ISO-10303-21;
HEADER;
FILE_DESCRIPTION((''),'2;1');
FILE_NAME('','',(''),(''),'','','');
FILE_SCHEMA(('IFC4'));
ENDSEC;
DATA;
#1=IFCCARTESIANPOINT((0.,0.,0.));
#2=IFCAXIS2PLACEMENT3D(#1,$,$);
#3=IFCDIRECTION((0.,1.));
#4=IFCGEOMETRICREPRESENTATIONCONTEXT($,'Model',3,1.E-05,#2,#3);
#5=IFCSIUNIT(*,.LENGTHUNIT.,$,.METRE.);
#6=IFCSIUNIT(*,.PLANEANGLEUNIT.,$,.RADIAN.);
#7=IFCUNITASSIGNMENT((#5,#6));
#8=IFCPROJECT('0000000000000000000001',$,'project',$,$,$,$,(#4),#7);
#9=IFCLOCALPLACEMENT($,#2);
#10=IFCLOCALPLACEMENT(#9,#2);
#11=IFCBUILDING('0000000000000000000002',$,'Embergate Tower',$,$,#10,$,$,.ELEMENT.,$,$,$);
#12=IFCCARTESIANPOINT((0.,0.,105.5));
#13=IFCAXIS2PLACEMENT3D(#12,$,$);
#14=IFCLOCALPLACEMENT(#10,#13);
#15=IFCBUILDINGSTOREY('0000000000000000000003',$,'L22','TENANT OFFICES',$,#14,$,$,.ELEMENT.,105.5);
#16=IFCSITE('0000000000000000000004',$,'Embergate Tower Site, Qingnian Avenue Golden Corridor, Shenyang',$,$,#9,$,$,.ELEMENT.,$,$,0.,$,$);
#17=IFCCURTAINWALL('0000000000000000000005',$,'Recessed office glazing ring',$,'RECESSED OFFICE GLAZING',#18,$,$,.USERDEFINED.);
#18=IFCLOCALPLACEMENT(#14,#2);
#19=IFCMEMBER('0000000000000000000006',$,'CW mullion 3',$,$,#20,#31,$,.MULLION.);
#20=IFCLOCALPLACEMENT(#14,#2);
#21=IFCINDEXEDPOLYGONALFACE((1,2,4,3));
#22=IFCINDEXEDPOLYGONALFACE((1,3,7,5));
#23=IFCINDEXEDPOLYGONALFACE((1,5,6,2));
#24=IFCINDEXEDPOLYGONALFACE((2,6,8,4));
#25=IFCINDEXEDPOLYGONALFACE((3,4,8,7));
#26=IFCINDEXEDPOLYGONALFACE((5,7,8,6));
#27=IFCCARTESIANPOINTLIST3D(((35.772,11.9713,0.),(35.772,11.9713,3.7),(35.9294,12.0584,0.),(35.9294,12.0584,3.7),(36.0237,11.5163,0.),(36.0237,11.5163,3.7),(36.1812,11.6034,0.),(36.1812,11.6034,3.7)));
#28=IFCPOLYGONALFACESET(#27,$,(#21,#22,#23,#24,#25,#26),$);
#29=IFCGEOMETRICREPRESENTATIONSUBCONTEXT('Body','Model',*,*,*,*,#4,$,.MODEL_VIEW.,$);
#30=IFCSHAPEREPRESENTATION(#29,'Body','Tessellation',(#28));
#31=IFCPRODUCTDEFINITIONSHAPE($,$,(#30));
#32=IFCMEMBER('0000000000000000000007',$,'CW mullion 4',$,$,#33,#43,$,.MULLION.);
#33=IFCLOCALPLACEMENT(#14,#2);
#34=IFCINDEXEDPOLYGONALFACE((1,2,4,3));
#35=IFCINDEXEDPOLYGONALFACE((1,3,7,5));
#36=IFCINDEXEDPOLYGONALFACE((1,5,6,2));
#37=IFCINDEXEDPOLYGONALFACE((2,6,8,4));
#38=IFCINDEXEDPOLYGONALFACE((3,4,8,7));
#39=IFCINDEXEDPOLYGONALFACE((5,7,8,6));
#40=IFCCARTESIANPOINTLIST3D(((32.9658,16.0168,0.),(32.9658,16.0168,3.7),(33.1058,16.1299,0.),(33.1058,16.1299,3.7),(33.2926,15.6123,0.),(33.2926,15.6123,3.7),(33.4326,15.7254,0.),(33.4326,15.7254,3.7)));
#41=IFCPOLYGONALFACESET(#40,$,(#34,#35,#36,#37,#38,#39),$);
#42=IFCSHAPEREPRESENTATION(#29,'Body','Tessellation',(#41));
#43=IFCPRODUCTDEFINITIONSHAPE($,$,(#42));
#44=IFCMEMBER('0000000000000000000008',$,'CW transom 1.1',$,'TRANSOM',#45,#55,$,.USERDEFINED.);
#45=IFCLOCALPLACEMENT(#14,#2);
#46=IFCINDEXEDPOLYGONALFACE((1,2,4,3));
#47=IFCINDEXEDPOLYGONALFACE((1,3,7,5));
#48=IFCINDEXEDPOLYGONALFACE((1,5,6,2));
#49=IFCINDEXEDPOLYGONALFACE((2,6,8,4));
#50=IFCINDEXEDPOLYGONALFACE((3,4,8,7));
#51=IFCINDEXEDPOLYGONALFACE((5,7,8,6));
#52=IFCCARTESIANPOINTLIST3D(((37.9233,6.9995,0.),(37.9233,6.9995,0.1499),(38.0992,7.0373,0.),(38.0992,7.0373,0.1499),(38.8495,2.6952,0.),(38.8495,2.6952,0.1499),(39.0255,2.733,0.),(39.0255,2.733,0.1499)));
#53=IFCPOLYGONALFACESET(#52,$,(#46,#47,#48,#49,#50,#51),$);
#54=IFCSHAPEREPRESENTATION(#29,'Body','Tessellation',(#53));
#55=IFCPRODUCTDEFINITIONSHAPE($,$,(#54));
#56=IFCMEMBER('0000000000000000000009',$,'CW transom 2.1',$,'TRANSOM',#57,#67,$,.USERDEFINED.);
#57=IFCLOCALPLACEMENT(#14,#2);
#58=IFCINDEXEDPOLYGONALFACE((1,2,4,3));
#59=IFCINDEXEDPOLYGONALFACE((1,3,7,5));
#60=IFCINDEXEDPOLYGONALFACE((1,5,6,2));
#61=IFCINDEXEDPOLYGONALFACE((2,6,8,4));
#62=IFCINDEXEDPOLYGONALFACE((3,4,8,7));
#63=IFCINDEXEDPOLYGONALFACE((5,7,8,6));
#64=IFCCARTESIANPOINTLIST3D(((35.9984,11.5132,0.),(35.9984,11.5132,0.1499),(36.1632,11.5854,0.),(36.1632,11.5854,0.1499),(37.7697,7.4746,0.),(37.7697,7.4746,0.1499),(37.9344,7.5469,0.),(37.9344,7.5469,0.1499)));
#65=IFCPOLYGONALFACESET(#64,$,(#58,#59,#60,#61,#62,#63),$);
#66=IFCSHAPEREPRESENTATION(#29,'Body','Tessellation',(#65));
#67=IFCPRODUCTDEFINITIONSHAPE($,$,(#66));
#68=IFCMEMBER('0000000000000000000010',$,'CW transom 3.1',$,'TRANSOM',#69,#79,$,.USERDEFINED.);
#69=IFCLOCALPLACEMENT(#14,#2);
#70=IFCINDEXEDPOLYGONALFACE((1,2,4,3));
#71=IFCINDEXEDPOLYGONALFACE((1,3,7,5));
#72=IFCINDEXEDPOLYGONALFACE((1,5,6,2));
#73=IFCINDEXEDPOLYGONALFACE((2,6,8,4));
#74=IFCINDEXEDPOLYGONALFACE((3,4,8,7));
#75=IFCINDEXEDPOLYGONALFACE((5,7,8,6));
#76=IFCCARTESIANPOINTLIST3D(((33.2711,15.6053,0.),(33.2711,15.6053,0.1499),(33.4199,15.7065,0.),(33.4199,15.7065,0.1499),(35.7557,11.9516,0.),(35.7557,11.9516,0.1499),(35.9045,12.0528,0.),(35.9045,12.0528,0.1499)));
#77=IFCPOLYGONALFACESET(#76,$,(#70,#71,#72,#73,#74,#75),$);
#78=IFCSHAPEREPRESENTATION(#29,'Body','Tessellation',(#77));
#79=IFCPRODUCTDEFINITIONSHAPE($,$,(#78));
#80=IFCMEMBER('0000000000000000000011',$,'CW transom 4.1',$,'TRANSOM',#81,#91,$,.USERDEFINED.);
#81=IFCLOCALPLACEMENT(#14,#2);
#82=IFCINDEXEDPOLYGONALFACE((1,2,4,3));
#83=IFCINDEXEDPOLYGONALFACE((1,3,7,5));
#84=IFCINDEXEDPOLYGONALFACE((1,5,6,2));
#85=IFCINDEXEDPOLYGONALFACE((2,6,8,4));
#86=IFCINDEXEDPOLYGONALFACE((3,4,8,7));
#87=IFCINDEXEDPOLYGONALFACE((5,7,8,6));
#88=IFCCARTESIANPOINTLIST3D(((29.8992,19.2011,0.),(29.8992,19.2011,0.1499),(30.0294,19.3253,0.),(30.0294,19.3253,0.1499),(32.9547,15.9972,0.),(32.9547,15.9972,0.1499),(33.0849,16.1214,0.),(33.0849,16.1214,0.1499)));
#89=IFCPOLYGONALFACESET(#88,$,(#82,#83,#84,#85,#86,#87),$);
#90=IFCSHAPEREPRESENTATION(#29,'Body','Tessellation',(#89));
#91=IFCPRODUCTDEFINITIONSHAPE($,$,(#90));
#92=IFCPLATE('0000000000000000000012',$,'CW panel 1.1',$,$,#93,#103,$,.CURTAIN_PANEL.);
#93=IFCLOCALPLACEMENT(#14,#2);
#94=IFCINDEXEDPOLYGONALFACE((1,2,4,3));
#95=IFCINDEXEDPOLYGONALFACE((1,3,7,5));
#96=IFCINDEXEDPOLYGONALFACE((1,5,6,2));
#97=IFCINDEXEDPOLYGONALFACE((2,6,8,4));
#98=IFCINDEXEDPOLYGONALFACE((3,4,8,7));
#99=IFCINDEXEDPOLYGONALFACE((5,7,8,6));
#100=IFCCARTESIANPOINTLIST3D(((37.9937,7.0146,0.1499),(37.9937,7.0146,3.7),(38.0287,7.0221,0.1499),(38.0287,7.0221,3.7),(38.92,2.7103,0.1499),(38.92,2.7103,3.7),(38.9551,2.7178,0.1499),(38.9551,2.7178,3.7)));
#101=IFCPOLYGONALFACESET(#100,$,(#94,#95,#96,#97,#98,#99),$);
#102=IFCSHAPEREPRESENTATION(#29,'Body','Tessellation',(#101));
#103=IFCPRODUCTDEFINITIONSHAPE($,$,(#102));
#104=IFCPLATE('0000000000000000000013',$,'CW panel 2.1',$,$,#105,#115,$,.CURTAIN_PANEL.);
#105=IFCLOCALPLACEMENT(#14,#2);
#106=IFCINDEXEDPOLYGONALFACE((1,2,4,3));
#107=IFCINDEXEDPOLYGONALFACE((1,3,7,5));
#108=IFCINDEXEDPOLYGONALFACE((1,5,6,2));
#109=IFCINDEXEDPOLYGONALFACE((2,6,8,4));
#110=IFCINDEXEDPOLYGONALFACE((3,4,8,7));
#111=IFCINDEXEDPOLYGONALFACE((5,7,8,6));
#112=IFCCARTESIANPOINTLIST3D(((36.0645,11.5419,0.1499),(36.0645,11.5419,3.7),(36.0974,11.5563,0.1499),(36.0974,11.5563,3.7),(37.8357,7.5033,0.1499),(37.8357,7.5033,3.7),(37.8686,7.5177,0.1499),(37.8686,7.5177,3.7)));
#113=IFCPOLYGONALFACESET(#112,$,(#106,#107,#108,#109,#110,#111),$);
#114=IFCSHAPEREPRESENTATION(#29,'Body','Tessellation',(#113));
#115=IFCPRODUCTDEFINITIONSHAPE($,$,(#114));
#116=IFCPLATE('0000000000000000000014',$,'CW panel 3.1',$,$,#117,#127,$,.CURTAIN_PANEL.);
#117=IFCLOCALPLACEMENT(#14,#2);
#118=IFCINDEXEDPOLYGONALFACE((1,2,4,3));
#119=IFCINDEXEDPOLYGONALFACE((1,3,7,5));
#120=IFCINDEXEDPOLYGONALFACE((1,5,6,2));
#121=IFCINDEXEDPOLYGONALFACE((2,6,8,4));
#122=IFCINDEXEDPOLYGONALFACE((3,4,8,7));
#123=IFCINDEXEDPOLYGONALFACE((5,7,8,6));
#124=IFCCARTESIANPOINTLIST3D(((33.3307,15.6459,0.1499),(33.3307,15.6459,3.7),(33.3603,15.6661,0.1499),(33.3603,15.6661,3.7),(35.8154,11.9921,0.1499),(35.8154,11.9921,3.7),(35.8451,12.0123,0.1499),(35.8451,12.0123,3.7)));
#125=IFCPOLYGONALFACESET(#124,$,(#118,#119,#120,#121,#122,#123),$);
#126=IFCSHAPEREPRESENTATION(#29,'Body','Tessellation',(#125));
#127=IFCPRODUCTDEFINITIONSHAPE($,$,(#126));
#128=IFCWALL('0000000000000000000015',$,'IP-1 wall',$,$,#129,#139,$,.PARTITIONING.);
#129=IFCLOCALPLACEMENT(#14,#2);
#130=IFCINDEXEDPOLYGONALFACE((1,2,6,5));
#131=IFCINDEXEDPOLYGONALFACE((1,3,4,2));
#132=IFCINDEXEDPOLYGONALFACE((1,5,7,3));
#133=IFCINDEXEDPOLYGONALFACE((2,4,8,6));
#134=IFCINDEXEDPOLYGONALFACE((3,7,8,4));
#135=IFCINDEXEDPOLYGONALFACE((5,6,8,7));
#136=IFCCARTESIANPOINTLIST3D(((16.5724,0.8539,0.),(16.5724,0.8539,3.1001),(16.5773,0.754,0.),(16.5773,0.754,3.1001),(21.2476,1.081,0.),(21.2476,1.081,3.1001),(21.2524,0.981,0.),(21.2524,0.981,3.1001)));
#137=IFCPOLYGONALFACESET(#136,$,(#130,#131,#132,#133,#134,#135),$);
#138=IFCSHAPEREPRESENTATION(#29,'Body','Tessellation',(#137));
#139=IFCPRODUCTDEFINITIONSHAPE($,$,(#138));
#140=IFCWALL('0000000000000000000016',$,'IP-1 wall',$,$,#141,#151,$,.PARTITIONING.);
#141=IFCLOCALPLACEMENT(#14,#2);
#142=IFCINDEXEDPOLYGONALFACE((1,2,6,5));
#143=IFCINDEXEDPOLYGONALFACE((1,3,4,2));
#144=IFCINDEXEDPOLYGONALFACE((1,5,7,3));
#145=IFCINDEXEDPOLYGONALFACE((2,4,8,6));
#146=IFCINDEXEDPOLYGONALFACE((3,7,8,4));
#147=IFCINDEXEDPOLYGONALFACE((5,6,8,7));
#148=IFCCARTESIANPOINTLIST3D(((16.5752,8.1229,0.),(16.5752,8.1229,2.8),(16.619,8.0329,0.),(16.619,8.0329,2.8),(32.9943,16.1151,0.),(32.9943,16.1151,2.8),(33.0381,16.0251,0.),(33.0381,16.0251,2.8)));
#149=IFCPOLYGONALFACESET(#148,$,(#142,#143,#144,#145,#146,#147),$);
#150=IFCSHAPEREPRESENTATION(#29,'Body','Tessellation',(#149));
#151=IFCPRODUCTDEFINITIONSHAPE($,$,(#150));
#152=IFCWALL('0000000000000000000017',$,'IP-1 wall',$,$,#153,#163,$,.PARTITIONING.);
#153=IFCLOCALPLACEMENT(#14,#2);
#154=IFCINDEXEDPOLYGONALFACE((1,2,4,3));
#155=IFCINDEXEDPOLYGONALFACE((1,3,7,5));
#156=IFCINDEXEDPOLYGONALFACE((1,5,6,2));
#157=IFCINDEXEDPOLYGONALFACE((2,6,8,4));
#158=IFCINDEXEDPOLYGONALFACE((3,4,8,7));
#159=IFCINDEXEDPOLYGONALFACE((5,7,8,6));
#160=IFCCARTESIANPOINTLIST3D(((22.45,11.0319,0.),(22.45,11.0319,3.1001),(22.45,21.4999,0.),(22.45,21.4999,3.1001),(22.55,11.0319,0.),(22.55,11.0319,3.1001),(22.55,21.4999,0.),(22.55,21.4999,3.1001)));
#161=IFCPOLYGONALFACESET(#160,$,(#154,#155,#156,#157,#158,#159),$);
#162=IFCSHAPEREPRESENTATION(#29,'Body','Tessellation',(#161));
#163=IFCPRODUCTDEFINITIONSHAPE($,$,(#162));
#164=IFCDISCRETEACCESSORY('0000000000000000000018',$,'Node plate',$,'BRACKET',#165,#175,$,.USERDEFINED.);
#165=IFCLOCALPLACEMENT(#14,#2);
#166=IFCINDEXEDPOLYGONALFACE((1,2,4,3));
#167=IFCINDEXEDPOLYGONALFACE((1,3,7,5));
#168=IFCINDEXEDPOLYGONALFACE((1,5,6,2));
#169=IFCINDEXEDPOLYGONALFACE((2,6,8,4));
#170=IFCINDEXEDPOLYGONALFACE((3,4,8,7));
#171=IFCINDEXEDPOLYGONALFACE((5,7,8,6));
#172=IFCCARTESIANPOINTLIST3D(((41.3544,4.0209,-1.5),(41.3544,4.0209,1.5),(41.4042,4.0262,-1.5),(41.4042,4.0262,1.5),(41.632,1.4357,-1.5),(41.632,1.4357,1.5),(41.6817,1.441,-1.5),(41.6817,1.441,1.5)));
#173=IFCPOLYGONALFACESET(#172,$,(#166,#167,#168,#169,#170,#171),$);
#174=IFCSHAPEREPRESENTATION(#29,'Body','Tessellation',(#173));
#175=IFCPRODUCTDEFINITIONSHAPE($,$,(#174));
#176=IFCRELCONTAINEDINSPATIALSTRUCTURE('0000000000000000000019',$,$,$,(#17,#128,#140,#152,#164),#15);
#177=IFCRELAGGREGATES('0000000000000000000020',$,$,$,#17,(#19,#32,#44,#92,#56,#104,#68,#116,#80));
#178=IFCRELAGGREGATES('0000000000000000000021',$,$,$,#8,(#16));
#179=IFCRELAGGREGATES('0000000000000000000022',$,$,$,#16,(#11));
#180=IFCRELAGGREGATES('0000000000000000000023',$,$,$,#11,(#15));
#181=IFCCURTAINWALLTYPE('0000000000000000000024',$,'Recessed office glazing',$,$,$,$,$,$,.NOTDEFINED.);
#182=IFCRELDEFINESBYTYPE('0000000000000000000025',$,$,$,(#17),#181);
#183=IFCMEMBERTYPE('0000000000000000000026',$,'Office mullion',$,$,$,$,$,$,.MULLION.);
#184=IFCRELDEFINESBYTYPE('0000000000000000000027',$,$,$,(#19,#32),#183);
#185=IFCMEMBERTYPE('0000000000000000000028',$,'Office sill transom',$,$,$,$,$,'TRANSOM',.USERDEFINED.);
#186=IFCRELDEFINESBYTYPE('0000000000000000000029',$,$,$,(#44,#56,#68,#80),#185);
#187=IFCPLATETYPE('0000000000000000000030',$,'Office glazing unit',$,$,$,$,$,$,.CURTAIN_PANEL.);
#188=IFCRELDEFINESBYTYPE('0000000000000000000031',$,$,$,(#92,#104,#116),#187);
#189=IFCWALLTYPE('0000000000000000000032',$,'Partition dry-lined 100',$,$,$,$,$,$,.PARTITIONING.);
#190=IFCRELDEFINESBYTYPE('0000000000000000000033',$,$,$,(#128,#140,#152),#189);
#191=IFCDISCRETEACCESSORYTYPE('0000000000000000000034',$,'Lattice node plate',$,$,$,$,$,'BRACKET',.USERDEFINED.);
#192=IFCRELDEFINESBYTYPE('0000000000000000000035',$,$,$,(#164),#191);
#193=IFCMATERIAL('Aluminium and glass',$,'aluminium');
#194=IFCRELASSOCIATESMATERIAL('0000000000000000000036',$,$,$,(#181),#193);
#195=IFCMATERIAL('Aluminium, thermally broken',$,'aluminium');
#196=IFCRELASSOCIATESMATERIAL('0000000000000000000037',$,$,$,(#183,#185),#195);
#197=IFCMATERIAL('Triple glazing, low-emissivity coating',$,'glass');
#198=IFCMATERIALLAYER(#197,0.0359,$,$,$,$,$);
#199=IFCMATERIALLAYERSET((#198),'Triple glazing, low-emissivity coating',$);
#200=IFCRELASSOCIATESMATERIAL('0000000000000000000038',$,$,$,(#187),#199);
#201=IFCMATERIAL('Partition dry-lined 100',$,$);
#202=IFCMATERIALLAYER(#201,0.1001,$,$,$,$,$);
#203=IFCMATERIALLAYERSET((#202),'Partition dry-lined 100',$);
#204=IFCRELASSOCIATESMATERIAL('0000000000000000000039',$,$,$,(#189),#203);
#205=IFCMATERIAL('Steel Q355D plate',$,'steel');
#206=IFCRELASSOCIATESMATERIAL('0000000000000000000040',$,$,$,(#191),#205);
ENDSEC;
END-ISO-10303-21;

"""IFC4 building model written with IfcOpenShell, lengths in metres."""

from ifc_helpers import new_model, si_unit, direction, frame, frame_2d, origin, origin_2d, place, context, subcontext, project, spatial, rectangle, extrude, source, transform, mapped, material, layer, layer_set, material_profile, profile_set, type_object, element, aggregate, save


model = new_model("IFC4")

# Units and contexts
model_context = context("Model", 3, precision=1e-05, world=origin(), true_north=direction((0.0, 1.0)))
body_context = subcontext(model_context, "Body", "Model", "MODEL_VIEW")
ifc_project = project(units=[si_unit("LENGTHUNIT", "METRE"), si_unit("PLANEANGLEUNIT", "RADIAN")], contexts=[model_context])

# Site, building, storey
site_placement = place(None, origin())
site = spatial("IfcSite", under=ifc_project, at=site_placement, Name="Embergate Tower Site, Qingnian Avenue Golden Corridor, Shenyang", CompositionType="ELEMENT", RefElevation=0.0)
building_placement = place(site_placement, origin())
building = spatial("IfcBuilding", under=site, at=building_placement, Name="Embergate Tower", CompositionType="ELEMENT")
storey_placement = place(building_placement, frame((0.0, 0.0, 105.5)))
storey = spatial("IfcBuildingStorey", under=building, at=storey_placement, Name="L22", Description="TENANT OFFICES", CompositionType="ELEMENT", Elevation=105.5)

# Curtain wall, members, plates
ifc_material_1 = material(Name="Aluminium and glass", Category="aluminium")
curtain_wall_type = type_object("IfcCurtainWallType", Name="Recessed office glazing", PredefinedType="NOTDEFINED", material=ifc_material_1)
curtain_wall_placement = place(storey_placement, origin())
curtain_wall = element("IfcCurtainWall", 1, at=curtain_wall_placement, inside=storey, type_object=curtain_wall_type, Name="Recessed office glazing ring", ObjectType="RECESSED OFFICE GLAZING", PredefinedType="USERDEFINED")
ifc_material_2 = material(Name="Aluminium, thermally broken", Category="aluminium")
ifc_material_profile_1 = material_profile(ifc_material_2, rectangle(XDim=0.1799, YDim=0.52, at=origin_2d()), Name="AL 520x180")
ifc_profile_set_1 = profile_set([ifc_material_profile_1], Name="Aluminium, thermally broken")
member_type_1 = type_object("IfcMemberType", Name="Office mullion", PredefinedType="MULLION", material=ifc_profile_set_1)
shared_shape_1 = source(origin(), body_context, "Body", "SweptSolid", [
    extrude(rectangle(XDim=0.1799, YDim=0.52, at=origin_2d()), origin(), (0.0, 0.0, 1.0), 3.7),
])
member_1_placement = place(storey_placement, frame((35.9766, 11.7874, 0.0), z_axis=(0.0, 0.0, 1.0), x_axis=(-0.87501, -0.484106, 0.0)))
member_1 = element("IfcMember", 2, at=member_1_placement, type_object=member_type_1, Name="CW mullion 3", PredefinedType="MULLION", context=body_context, shape_type="MappedRepresentation", body=[
    mapped(shared_shape_1, transform((0.0, 0.0, 0.0))),
])
member_2_placement = place(storey_placement, frame((33.1992, 15.8711, 0.0), z_axis=(0.0, 0.0, 1.0), x_axis=(-0.777884, -0.628408, 0.0)))
member_2 = element("IfcMember", 3, at=member_2_placement, type_object=member_type_1, Name="CW mullion 4", PredefinedType="MULLION", context=body_context, shape_type="MappedRepresentation", body=[
    mapped(shared_shape_1, transform((0.0, 0.0, 0.0))),
])
ifc_material_profile_2 = material_profile(ifc_material_2, rectangle(XDim=0.1799, YDim=0.1499, at=origin_2d()), Name="AL 150x180")
ifc_profile_set_2 = profile_set([ifc_material_profile_2], Name="Aluminium, thermally broken")
member_type_2 = type_object("IfcMemberType", Name="Office sill transom", ElementType="TRANSOM", PredefinedType="USERDEFINED", material=ifc_profile_set_2)
shared_shape_2 = source(origin(), body_context, "Body", "SweptSolid", [
    extrude(rectangle(XDim=0.1799, YDim=0.1499, at=origin_2d()), origin(), (0.0, 0.0, 1.0), 4.4028),
])
member_3_placement = place(storey_placement, frame((38.9375, 2.7141, 0.075), z_axis=(-0.210385, 0.977619, 0.0), x_axis=(-0.977619, -0.210385, 0.0)))
member_3 = element("IfcMember", 4, at=member_3_placement, type_object=member_type_2, Name="CW transom 1.1", ObjectType="TRANSOM", PredefinedType="USERDEFINED", context=body_context, shape_type="MappedRepresentation", body=[
    mapped(shared_shape_2, transform((0.0, 0.0, 0.0))),
])
shared_shape_3 = source(origin(), body_context, "Body", "SweptSolid", [
    extrude(rectangle(XDim=0.1799, YDim=0.1499, at=origin_2d()), origin(), (0.0, 0.0, 1.0), 4.4099),
])
member_4_placement = place(storey_placement, frame((37.8521, 7.5107, 0.075), z_axis=(-0.401649, 0.915794, 0.0), x_axis=(-0.915794, -0.401649, 0.0)))
member_4 = element("IfcMember", 5, at=member_4_placement, type_object=member_type_2, Name="CW transom 2.1", ObjectType="TRANSOM", PredefinedType="USERDEFINED", context=body_context, shape_type="MappedRepresentation", body=[
    mapped(shared_shape_3, transform((0.0, 0.0, 0.0))),
])
shared_shape_4 = source(origin(), body_context, "Body", "SweptSolid", [
    extrude(rectangle(XDim=0.1799, YDim=0.1499, at=origin_2d()), origin(), (0.0, 0.0, 1.0), 4.4185),
])
member_5_placement = place(storey_placement, frame((35.8301, 12.0022, 0.075), z_axis=(-0.562315, 0.826923, 0.0), x_axis=(-0.826923, -0.562315, 0.0)))
member_5 = element("IfcMember", 6, at=member_5_placement, type_object=member_type_2, Name="CW transom 3.1", ObjectType="TRANSOM", PredefinedType="USERDEFINED", context=body_context, shape_type="MappedRepresentation", body=[
    mapped(shared_shape_4, transform((0.0, 0.0, 0.0))),
])
shared_shape_5 = source(origin(), body_context, "Body", "SweptSolid", [
    extrude(rectangle(XDim=0.1799, YDim=0.1499, at=origin_2d()), origin(), (0.0, 0.0, 1.0), 4.4272),
])
member_6_placement = place(storey_placement, frame((33.0198, 16.0593, 0.075), z_axis=(-0.690144, 0.723672, 0.0), x_axis=(-0.723672, -0.690144, 0.0)))
member_6 = element("IfcMember", 7, at=member_6_placement, type_object=member_type_2, Name="CW transom 4.1", ObjectType="TRANSOM", PredefinedType="USERDEFINED", context=body_context, shape_type="MappedRepresentation", body=[
    mapped(shared_shape_5, transform((0.0, 0.0, 0.0))),
])
ifc_material_3 = material(Name="Triple glazing, low-emissivity coating", Category="glass")
ifc_layer_1 = layer(ifc_material_3, 0.0359)
ifc_layer_set_1 = layer_set([ifc_layer_1], Name="Triple glazing, low-emissivity coating")
plate_type = type_object("IfcPlateType", Name="Office glazing unit", PredefinedType="CURTAIN_PANEL", material=ifc_layer_set_1)
shared_shape_6 = source(origin(), body_context, "Body", "SweptSolid", [
    extrude(rectangle(XDim=4.4028, YDim=0.0359, at=origin_2d()), origin(), (0.0, 0.0, 1.0), 3.55),
])
plate_1_placement = place(storey_placement, frame((38.4744, 4.8662, 0.1499), z_axis=(0.0, 0.0, 1.0), x_axis=(-0.210392, 0.977617, 0.0)))
plate_1 = element("IfcPlate", 8, at=plate_1_placement, type_object=plate_type, Name="CW panel 1.1", PredefinedType="CURTAIN_PANEL", context=body_context, shape_type="MappedRepresentation", body=[
    mapped(shared_shape_6, transform((0.0, 0.0, 0.0))),
])
shared_shape_7 = source(origin(), body_context, "Body", "SweptSolid", [
    extrude(rectangle(XDim=4.4099, YDim=0.0359, at=origin_2d()), origin(), (0.0, 0.0, 1.0), 3.55),
])
plate_2_placement = place(storey_placement, frame((36.9666, 9.5298, 0.1499), z_axis=(0.0, 0.0, 1.0), x_axis=(-0.401644, 0.915796, 0.0)))
plate_2 = element("IfcPlate", 9, at=plate_2_placement, type_object=plate_type, Name="CW panel 2.1", PredefinedType="CURTAIN_PANEL", context=body_context, shape_type="MappedRepresentation", body=[
    mapped(shared_shape_7, transform((0.0, 0.0, 0.0))),
])
shared_shape_8 = source(origin(), body_context, "Body", "SweptSolid", [
    extrude(rectangle(XDim=4.4187, YDim=0.0359, at=origin_2d()), origin(), (0.0, 0.0, 1.0), 3.55),
])
plate_3_placement = place(storey_placement, frame((34.5879, 13.8291, 0.1499), z_axis=(0.0, 0.0, 1.0), x_axis=(-0.562332, 0.826912, 0.0)))
plate_3 = element("IfcPlate", 10, at=plate_3_placement, type_object=plate_type, Name="CW panel 3.1", PredefinedType="CURTAIN_PANEL", context=body_context, shape_type="MappedRepresentation", body=[
    mapped(shared_shape_8, transform((0.0, 0.0, 0.0))),
])
aggregate(curtain_wall, [member_1, member_2, member_3, plate_1, member_4, plate_2, member_5, plate_3, member_6])

# Walls
ifc_material_4 = material(Name="Partition dry-lined 100")
ifc_layer_2 = layer(ifc_material_4, 0.1001)
ifc_layer_set_2 = layer_set([ifc_layer_2], Name="Partition dry-lined 100")
wall_type = type_object("IfcWallType", Name="Partition dry-lined 100", PredefinedType="PARTITIONING", material=ifc_layer_set_2)
shared_shape_9 = source(origin(), body_context, "Body", "SweptSolid", [
    extrude(rectangle(XDim=4.6807, YDim=0.1001, at=frame_2d((2.3403, 0.0))), origin(), (0.0, 0.0, 1.0), 3.1001),
])
wall_1_placement = place(storey_placement, frame((21.25, 1.031, 0.0), z_axis=(0.0, 0.0, 1.0), x_axis=(-0.998823, -0.048509, 0.0)))
element("IfcWall", 11, at=wall_1_placement, inside=storey, type_object=wall_type, Name="IP-1 wall", PredefinedType="PARTITIONING", context=body_context, shape_type="MappedRepresentation", body=[
    mapped(shared_shape_9, transform((0.0, 0.0, 0.0))),
])
shared_shape_10 = source(origin(), body_context, "Body", "SweptSolid", [
    extrude(rectangle(XDim=18.261, YDim=0.1001, at=frame_2d((9.1304, 0.0))), origin(), (0.0, 0.0, 1.0), 2.8),
])
wall_2_placement = place(storey_placement, frame((33.0161, 16.0701, 0.0), z_axis=(0.0, 0.0, 1.0), x_axis=(-0.899139, -0.437664, 0.0)))
element("IfcWall", 12, at=wall_2_placement, inside=storey, type_object=wall_type, Name="IP-1 wall", PredefinedType="PARTITIONING", context=body_context, shape_type="MappedRepresentation", body=[
    mapped(shared_shape_10, transform((0.0, 0.0, 0.0))),
])
shared_shape_11 = source(origin(), body_context, "Body", "SweptSolid", [
    extrude(rectangle(XDim=10.468, YDim=0.1001, at=frame_2d((5.2339, 0.0))), origin(), (0.0, 0.0, 1.0), 3.1001),
])
wall_3_placement = place(storey_placement, frame((22.5, 11.032, 0.0), z_axis=(0.0, 0.0, 1.0), x_axis=(0.0, 1.0, 0.0)))
element("IfcWall", 13, at=wall_3_placement, inside=storey, type_object=wall_type, Name="IP-1 wall", PredefinedType="PARTITIONING", context=body_context, shape_type="MappedRepresentation", body=[
    mapped(shared_shape_11, transform((0.0, 0.0, 0.0))),
])

# Discrete accessory
ifc_material_5 = material(Name="Steel Q355D plate", Category="steel")
discrete_accessory_type = type_object("IfcDiscreteAccessoryType", Name="Lattice node plate", ElementType="BRACKET", PredefinedType="USERDEFINED", material=ifc_material_5)
shared_shape_12 = source(origin(), body_context, "Body", "SweptSolid", [
    extrude(rectangle(XDim=2.6001, YDim=0.05, at=origin_2d()), origin(), (0.0, 0.0, 1.0), 3.0),
])
discrete_accessory_placement = place(storey_placement, frame((41.5181, 2.731, -1.5), z_axis=(0.0, 0.0, 1.0), x_axis=(-0.10675, 0.994286, 0.0)))
element("IfcDiscreteAccessory", 14, at=discrete_accessory_placement, inside=storey, type_object=discrete_accessory_type, Name="Node plate", ObjectType="BRACKET", PredefinedType="USERDEFINED", context=body_context, shape_type="MappedRepresentation", body=[
    mapped(shared_shape_12, transform((0.0, 0.0, 0.0))),
])

save(model, "model.ifc")
